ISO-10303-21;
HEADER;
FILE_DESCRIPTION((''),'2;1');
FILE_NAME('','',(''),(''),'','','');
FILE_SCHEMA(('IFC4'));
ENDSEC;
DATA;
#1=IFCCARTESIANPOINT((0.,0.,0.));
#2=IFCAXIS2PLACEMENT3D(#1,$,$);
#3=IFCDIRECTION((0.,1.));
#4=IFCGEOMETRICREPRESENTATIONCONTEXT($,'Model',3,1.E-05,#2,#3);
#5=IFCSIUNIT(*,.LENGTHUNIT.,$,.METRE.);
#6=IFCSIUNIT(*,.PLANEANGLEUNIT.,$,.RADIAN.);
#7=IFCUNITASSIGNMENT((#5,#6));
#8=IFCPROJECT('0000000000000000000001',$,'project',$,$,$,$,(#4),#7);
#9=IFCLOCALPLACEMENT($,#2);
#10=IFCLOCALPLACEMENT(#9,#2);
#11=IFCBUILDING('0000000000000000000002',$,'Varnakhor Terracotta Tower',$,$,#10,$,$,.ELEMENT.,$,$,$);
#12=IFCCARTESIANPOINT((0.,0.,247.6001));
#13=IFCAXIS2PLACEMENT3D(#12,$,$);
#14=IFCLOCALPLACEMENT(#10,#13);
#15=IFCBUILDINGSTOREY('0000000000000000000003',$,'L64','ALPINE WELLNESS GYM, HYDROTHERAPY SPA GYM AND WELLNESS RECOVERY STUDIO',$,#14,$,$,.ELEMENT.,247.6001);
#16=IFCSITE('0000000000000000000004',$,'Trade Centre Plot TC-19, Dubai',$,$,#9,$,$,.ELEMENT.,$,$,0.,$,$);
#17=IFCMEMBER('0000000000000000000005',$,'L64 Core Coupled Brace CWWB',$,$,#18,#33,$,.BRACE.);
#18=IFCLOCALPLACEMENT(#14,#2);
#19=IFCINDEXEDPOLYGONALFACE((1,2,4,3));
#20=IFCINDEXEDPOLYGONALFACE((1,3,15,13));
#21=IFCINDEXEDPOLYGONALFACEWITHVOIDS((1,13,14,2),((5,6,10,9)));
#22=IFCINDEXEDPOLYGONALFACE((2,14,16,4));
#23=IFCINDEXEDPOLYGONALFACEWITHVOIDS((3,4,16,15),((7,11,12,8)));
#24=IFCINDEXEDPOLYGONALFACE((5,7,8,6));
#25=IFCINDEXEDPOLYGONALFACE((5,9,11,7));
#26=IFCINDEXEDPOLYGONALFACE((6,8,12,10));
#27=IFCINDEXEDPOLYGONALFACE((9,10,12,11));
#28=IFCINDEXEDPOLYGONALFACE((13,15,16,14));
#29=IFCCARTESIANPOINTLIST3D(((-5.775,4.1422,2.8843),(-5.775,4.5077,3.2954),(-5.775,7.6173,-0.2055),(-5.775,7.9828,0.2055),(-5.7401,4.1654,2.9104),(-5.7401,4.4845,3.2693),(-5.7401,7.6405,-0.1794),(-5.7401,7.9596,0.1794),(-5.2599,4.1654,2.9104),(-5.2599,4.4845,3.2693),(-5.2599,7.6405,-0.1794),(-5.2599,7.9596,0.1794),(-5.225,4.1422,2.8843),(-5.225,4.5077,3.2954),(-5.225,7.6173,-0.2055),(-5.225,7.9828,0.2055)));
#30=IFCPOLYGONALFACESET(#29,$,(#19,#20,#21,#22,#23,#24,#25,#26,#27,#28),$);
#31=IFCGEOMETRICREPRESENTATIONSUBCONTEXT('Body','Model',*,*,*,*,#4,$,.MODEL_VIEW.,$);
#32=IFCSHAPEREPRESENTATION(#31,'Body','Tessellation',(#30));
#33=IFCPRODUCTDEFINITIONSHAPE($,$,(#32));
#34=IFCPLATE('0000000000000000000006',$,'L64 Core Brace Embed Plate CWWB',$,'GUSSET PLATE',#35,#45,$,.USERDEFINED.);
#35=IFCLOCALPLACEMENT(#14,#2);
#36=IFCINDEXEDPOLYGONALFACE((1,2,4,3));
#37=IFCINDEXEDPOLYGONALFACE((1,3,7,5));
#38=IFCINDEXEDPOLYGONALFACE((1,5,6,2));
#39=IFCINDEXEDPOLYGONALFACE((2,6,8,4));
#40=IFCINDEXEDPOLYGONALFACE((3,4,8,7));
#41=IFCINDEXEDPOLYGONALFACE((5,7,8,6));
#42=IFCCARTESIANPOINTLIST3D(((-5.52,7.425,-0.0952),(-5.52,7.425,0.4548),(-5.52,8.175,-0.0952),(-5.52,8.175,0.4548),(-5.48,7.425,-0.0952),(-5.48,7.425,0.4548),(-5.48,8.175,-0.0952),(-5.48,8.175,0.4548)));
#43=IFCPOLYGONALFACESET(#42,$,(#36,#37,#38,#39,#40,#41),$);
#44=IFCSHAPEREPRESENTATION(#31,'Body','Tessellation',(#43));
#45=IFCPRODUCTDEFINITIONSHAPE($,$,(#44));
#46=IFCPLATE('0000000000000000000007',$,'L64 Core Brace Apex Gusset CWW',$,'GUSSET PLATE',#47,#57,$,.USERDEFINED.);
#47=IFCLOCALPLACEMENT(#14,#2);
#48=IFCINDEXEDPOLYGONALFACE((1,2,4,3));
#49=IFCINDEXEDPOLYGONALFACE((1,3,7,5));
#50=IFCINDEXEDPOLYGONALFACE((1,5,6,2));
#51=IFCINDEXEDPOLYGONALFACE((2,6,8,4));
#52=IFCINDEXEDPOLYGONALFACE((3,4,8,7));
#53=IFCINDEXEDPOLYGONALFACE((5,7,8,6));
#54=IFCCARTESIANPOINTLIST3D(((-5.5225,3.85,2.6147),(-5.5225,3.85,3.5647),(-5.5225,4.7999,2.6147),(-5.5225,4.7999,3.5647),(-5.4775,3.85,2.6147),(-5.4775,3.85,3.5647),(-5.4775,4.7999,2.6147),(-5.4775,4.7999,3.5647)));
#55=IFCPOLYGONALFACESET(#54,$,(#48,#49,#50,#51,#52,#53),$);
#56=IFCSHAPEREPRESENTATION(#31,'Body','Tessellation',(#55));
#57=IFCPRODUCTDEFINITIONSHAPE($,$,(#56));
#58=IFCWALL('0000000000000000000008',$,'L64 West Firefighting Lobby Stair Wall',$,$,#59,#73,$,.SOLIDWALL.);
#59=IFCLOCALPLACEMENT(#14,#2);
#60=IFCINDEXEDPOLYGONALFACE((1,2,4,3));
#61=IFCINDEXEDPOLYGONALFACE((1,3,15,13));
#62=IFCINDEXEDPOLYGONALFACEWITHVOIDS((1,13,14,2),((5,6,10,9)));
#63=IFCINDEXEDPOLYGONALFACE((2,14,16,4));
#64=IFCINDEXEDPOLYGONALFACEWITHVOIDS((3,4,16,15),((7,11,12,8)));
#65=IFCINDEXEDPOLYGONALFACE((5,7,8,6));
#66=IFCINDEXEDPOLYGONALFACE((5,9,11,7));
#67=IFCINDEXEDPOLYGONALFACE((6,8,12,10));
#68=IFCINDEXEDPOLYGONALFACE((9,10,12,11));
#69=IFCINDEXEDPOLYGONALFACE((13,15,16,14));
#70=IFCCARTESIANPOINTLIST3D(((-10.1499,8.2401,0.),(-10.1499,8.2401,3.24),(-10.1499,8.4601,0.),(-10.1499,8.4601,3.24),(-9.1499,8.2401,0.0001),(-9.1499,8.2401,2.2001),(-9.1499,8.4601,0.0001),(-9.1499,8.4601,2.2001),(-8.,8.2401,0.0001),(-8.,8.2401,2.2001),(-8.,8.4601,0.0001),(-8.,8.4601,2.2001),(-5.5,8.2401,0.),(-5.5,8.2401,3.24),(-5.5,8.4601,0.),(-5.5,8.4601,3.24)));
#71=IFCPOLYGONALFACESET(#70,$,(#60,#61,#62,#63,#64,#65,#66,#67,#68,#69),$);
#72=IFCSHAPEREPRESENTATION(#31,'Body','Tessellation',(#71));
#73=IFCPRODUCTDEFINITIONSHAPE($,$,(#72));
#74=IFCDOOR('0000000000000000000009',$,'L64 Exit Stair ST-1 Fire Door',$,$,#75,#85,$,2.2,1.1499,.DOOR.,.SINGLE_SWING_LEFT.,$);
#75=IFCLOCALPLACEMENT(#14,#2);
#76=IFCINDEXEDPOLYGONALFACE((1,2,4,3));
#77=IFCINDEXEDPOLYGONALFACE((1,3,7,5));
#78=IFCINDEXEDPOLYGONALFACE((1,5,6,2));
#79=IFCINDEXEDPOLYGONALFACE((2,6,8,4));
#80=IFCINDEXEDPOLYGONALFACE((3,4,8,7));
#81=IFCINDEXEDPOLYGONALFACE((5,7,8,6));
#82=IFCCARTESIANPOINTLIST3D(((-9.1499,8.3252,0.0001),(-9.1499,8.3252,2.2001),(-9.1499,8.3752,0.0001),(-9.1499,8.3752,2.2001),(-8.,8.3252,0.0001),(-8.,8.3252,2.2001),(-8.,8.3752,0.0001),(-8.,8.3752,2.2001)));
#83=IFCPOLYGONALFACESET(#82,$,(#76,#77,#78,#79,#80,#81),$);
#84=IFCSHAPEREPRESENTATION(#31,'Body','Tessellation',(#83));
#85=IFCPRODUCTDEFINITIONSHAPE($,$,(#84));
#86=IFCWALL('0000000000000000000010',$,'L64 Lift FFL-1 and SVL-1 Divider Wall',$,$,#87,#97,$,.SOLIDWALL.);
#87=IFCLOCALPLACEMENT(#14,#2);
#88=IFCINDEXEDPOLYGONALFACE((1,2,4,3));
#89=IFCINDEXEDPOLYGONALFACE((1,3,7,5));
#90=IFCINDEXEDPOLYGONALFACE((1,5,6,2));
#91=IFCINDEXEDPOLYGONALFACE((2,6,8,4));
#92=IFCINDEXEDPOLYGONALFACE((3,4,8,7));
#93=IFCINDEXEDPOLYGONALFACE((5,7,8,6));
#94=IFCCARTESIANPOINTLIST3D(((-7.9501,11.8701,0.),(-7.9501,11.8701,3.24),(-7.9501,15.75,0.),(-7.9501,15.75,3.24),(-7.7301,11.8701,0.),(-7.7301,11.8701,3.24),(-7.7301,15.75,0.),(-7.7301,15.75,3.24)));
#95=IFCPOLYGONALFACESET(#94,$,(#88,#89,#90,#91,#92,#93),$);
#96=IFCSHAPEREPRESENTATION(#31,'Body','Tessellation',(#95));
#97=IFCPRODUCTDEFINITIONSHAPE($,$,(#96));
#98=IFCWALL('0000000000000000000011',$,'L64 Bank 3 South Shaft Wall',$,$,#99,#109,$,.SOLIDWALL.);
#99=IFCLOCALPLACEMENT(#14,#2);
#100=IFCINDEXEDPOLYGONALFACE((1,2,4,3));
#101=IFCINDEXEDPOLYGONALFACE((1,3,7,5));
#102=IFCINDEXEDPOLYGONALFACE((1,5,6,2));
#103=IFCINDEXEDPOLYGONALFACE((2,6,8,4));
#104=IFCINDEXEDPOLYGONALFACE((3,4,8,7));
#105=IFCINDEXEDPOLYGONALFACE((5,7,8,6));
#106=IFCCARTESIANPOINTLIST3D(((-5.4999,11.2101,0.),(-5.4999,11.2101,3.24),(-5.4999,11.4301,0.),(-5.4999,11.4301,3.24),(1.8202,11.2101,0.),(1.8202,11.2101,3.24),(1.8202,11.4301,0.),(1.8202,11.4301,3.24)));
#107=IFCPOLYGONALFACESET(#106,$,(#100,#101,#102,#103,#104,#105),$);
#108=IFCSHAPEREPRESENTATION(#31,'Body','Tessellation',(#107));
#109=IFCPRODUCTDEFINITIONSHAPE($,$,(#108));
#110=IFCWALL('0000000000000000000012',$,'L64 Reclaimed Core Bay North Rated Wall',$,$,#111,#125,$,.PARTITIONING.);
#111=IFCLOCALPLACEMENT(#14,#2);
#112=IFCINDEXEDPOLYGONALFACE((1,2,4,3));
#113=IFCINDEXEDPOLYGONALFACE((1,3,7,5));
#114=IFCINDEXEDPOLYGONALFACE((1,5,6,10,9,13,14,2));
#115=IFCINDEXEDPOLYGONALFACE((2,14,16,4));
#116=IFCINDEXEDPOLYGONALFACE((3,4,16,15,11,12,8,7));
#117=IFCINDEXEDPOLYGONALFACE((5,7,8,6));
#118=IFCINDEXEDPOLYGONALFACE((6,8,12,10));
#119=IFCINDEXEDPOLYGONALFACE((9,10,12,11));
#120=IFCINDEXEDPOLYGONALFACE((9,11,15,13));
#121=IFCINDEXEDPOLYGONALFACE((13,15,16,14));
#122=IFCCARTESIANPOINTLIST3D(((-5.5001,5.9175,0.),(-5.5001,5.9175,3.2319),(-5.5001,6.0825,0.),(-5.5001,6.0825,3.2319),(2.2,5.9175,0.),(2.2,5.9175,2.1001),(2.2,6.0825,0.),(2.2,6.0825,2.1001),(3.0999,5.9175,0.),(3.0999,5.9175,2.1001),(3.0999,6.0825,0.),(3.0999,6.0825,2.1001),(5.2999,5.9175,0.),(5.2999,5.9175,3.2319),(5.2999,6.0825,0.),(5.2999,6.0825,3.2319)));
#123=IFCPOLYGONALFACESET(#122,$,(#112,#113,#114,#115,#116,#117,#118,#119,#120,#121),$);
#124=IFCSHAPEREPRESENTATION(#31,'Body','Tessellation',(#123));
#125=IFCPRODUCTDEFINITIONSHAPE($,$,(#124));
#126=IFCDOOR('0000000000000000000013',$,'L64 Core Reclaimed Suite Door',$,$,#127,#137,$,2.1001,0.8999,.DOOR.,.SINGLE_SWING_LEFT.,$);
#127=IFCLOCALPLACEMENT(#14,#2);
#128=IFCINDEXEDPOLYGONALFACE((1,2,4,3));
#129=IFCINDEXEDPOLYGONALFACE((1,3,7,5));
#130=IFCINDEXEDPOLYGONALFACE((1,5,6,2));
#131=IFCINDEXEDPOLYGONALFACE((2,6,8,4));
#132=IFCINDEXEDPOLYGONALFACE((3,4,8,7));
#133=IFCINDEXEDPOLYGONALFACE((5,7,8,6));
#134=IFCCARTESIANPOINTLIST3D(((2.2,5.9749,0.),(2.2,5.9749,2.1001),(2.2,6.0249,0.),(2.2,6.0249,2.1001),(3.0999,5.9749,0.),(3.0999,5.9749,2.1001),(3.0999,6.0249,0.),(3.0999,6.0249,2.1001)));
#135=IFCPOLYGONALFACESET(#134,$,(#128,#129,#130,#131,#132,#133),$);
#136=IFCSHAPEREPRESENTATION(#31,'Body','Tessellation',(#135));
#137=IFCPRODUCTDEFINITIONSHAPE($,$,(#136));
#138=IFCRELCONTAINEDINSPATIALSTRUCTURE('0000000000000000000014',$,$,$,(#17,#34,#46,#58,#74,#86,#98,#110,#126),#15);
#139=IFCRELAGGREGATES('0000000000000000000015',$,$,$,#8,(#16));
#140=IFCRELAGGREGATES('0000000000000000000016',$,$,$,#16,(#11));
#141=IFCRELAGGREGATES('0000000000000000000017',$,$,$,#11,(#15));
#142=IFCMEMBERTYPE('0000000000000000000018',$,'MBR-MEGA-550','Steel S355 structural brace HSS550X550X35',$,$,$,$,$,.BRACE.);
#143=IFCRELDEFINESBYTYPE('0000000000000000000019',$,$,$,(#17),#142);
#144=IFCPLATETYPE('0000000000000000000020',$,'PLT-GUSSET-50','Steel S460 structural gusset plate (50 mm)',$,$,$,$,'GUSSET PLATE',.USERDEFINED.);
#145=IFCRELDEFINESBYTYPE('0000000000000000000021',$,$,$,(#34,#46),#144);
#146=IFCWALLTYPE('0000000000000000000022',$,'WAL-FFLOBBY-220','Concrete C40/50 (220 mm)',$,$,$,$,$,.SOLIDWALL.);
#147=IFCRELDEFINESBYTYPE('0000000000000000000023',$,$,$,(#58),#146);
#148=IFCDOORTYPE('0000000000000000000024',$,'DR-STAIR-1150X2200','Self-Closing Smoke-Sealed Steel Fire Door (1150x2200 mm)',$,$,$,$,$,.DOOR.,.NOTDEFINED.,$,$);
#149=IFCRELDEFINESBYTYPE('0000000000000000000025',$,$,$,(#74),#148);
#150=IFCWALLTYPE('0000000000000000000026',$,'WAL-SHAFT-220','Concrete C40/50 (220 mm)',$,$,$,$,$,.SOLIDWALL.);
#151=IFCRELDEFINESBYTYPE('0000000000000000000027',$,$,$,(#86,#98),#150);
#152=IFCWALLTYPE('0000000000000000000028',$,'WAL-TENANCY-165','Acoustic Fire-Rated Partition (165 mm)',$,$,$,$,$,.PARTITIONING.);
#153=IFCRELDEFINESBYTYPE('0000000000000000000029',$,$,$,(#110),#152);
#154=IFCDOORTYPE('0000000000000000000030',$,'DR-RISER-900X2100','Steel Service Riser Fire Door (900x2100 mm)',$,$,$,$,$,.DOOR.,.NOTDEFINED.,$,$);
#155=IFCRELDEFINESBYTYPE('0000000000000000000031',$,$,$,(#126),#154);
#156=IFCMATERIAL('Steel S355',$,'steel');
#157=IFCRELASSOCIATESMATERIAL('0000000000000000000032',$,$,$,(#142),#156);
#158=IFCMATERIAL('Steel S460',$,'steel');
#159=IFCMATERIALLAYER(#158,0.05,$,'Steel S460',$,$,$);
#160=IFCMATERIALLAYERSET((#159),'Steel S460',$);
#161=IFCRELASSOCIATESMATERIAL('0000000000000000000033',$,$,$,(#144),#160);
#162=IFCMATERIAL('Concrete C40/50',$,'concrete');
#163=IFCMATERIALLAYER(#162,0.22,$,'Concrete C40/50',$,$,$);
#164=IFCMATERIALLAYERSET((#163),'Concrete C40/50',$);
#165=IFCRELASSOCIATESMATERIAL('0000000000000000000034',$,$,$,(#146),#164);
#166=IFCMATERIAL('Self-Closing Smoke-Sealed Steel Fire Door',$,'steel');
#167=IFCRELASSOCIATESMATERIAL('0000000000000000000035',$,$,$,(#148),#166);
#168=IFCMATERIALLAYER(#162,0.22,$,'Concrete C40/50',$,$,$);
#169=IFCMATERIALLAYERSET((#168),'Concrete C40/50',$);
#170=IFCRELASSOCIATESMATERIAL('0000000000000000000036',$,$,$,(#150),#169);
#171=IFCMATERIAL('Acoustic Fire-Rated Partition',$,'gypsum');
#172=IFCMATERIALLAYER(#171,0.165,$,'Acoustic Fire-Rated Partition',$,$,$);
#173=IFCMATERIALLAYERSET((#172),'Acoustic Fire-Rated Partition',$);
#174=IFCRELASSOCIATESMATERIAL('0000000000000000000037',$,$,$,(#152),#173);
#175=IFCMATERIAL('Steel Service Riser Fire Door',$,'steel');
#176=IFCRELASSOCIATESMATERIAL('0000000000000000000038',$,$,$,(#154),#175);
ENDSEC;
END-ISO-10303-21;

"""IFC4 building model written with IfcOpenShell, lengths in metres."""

from ifc_helpers import new_model, si_unit, direction, frame, frame_2d, origin, origin_2d, place, context, subcontext, project, spatial, rectangle, hollow_rectangle, extrude, source, transform, mapped, material, layer, layer_set, material_profile, profile_set, type_object, type_shapes, element, fill, save


model = new_model("IFC4")

# Units and contexts
model_context = context("Model", 3, precision=1e-05, world=origin(), true_north=direction((0.0, 1.0)))
body_context = subcontext(model_context, "Body", "Model", "MODEL_VIEW")
ifc_project = project(units=[si_unit("LENGTHUNIT", "METRE"), si_unit("PLANEANGLEUNIT", "RADIAN")], contexts=[model_context])

# Site, building, storey
site_placement = place(None, origin())
site = spatial("IfcSite", under=ifc_project, at=site_placement, Name="Trade Centre Plot TC-19, Dubai", CompositionType="ELEMENT", RefElevation=0.0)
building_placement = place(site_placement, origin())
building = spatial("IfcBuilding", under=site, at=building_placement, Name="Varnakhor Terracotta Tower", CompositionType="ELEMENT")
storey_placement = place(building_placement, frame((0.0, 0.0, 247.6001)))
storey = spatial("IfcBuildingStorey", under=building, at=storey_placement, Name="L64", Description="ALPINE WELLNESS GYM, HYDROTHERAPY SPA GYM AND WELLNESS RECOVERY STUDIO", CompositionType="ELEMENT", Elevation=247.6001)

# Member
ifc_material_1 = material(Name="Steel S355", Category="steel")
ifc_material_profile = material_profile(ifc_material_1, hollow_rectangle(XDim=0.55, YDim=0.55, WallThickness=0.0349, at=origin_2d()), Name="HSS550X550X35")
ifc_profile_set = profile_set([ifc_material_profile], Name="Steel S355")
member_type = type_object("IfcMemberType", Name="MBR-MEGA-550", Description="Steel S355 structural brace HSS550X550X35", PredefinedType="BRACE", material=ifc_profile_set)
shared_shape_1 = source(origin(), body_context, "Body", "SweptSolid", [
    extrude(hollow_rectangle(XDim=0.55, YDim=0.55, WallThickness=0.0349, at=origin_2d()), origin(), (0.0, 0.0, 1.0), 4.6501),
])
member_placement = place(storey_placement, frame((-5.5, 7.8, 0.0), z_axis=(0.0, -0.747317, 0.664468), x_axis=(1.0, 0.0, 0.0)))
element("IfcMember", 1, at=member_placement, inside=storey, type_object=member_type, Name="L64 Core Coupled Brace CWWB", PredefinedType="BRACE", context=body_context, shape_type="MappedRepresentation", body=[
    mapped(shared_shape_1, transform((0.0, 0.0, 0.0), scale=1.0)),
])

# Plates
ifc_material_2 = material(Name="Steel S460", Category="steel")
ifc_layer_1 = layer(ifc_material_2, 0.05, Name="Steel S460")
ifc_layer_set_1 = layer_set([ifc_layer_1], Name="Steel S460")
plate_type = type_object("IfcPlateType", Name="PLT-GUSSET-50", Description="Steel S460 structural gusset plate (50 mm)", ElementType="GUSSET PLATE", PredefinedType="USERDEFINED", material=ifc_layer_set_1)
shared_shape_2 = source(origin(), body_context, "Body", "SweptSolid", [
    extrude(rectangle(XDim=0.75, YDim=0.04, at=origin_2d()), origin(), (0.0, 0.0, 1.0), 0.55),
])
type_shapes(plate_type, [shared_shape_2])
plate_1_placement = place(storey_placement, frame((-5.5, 7.8, -0.0952), z_axis=(0.0, 0.0, 1.0), x_axis=(0.0, 1.0, 0.0)))
element("IfcPlate", 2, at=plate_1_placement, inside=storey, type_object=plate_type, Name="L64 Core Brace Embed Plate CWWB", ObjectType="GUSSET PLATE", PredefinedType="USERDEFINED", context=body_context, shape_type="MappedRepresentation", body=[
    mapped(shared_shape_2, transform((0.0, 0.0, 0.0), scale=1.0)),
])
shared_shape_3 = source(origin(), body_context, "Body", "SweptSolid", [
    extrude(rectangle(XDim=0.95, YDim=0.0449, at=origin_2d()), origin(), (0.0, 0.0, 1.0), 0.95),
])
plate_2_placement = place(storey_placement, frame((-5.5, 4.325, 2.6147), z_axis=(0.0, 0.0, 1.0), x_axis=(0.0, 1.0, 0.0)))
element("IfcPlate", 3, at=plate_2_placement, inside=storey, type_object=plate_type, Name="L64 Core Brace Apex Gusset CWW", ObjectType="GUSSET PLATE", PredefinedType="USERDEFINED", context=body_context, shape_type="MappedRepresentation", body=[
    mapped(shared_shape_3, transform((0.0, 0.0, 0.0), scale=1.0)),
])

# Wall, opening, door
ifc_material_3 = material(Name="Concrete C40/50", Category="concrete")
ifc_layer_2 = layer(ifc_material_3, 0.22, Name="Concrete C40/50")
ifc_layer_set_2 = layer_set([ifc_layer_2], Name="Concrete C40/50")
wall_type_1 = type_object("IfcWallType", Name="WAL-FFLOBBY-220", Description="Concrete C40/50 (220 mm)", PredefinedType="SOLIDWALL", material=ifc_layer_set_2)
wall_1_placement = place(storey_placement, frame((-5.5, 8.3501, 0.0), z_axis=(0.0, 0.0, 1.0), x_axis=(-1.0, 0.0, 0.0)))
wall_1 = element("IfcWall", 4, at=wall_1_placement, inside=storey, type_object=wall_type_1, Name="L64 West Firefighting Lobby Stair Wall", PredefinedType="SOLIDWALL", context=body_context, shape_type="SweptSolid", body=[
    extrude(rectangle(XDim=4.6499, YDim=0.22, at=frame_2d((2.325, 0.0))), origin(), (0.0, 0.0, 1.0), 3.24),
])
opening_1_placement = place(wall_1_placement, frame((2.5, 0.0, 0.0)))
opening_1 = element("IfcOpeningElement", 5, at=opening_1_placement, cuts=wall_1, PredefinedType="OPENING", context=body_context, shape_type="SweptSolid", body=[
    extrude(rectangle(XDim=1.1499, YDim=2.2, at=frame_2d((0.575, 1.1001))), frame((0.0, 0.1201, 0.0), z_axis=(0.0, -1.0, 0.0), x_axis=(1.0, 0.0, 0.0)), (0.0, 0.0, 1.0), 0.24),
])
ifc_material_4 = material(Name="Self-Closing Smoke-Sealed Steel Fire Door", Category="steel")
door_type_1 = type_object("IfcDoorType", Name="DR-STAIR-1150X2200", Description="Self-Closing Smoke-Sealed Steel Fire Door (1150x2200 mm)", OperationType="NOTDEFINED", PredefinedType="DOOR", material=ifc_material_4)
shared_shape_4 = source(origin(), body_context, "Body", "SweptSolid", [
    extrude(rectangle(XDim=1.1499, YDim=2.2, at=frame_2d((0.575, 1.1001))), frame((0.0, 0.0249, 0.0), z_axis=(0.0, -1.0, 0.0), x_axis=(1.0, 0.0, 0.0)), (0.0, 0.0, 1.0), 0.05),
])
type_shapes(door_type_1, [shared_shape_4])
door_1_placement = place(opening_1_placement, origin())
door_1 = element("IfcDoor", 6, at=door_1_placement, inside=storey, type_object=door_type_1, Name="L64 Exit Stair ST-1 Fire Door", OperationType="SINGLE_SWING_LEFT", OverallHeight=2.2, OverallWidth=1.1499, PredefinedType="DOOR", context=body_context, shape_type="MappedRepresentation", body=[
    mapped(shared_shape_4, transform((0.0, 0.0, 0.0), scale=1.0)),
])
fill(opening_1, door_1)

# Walls
ifc_layer_3 = layer(ifc_material_3, 0.22, Name="Concrete C40/50")
ifc_layer_set_3 = layer_set([ifc_layer_3], Name="Concrete C40/50")
wall_type_2 = type_object("IfcWallType", Name="WAL-SHAFT-220", Description="Concrete C40/50 (220 mm)", PredefinedType="SOLIDWALL", material=ifc_layer_set_3)
wall_2_placement = place(storey_placement, frame((-7.8401, 11.8701, 0.0), z_axis=(0.0, 0.0, 1.0), x_axis=(0.0, 1.0, 0.0)))
element("IfcWall", 7, at=wall_2_placement, inside=storey, type_object=wall_type_2, Name="L64 Lift FFL-1 and SVL-1 Divider Wall", PredefinedType="SOLIDWALL", context=body_context, shape_type="SweptSolid", body=[
    extrude(rectangle(XDim=3.8799, YDim=0.22, at=frame_2d((1.9399, 0.0))), origin(), (0.0, 0.0, 1.0), 3.24),
])
wall_3_placement = place(storey_placement, frame((-5.5, 11.3201, 0.0), z_axis=(0.0, 0.0, 1.0), x_axis=(1.0, 0.0, 0.0)))
element("IfcWall", 8, at=wall_3_placement, inside=storey, type_object=wall_type_2, Name="L64 Bank 3 South Shaft Wall", PredefinedType="SOLIDWALL", context=body_context, shape_type="SweptSolid", body=[
    extrude(rectangle(XDim=7.3201, YDim=0.22, at=frame_2d((3.6602, 0.0))), origin(), (0.0, 0.0, 1.0), 3.24),
])

# Wall, opening, door
ifc_material_5 = material(Name="Acoustic Fire-Rated Partition", Category="gypsum")
ifc_layer_4 = layer(ifc_material_5, 0.165, Name="Acoustic Fire-Rated Partition")
ifc_layer_set_4 = layer_set([ifc_layer_4], Name="Acoustic Fire-Rated Partition")
wall_type_3 = type_object("IfcWallType", Name="WAL-TENANCY-165", Description="Acoustic Fire-Rated Partition (165 mm)", PredefinedType="PARTITIONING", material=ifc_layer_set_4)
wall_4_placement = place(storey_placement, frame((-5.5, 6.0, 0.0), z_axis=(0.0, 0.0, 1.0), x_axis=(1.0, 0.0, 0.0)))
wall_4 = element("IfcWall", 9, at=wall_4_placement, inside=storey, type_object=wall_type_3, Name="L64 Reclaimed Core Bay North Rated Wall", PredefinedType="PARTITIONING", context=body_context, shape_type="SweptSolid", body=[
    extrude(rectangle(XDim=10.8, YDim=0.165, at=frame_2d((5.3999, 0.0))), origin(), (0.0, 0.0, 1.0), 3.2319),
])
opening_2_placement = place(wall_4_placement, frame((7.7, 0.0, 0.0)))
opening_2 = element("IfcOpeningElement", 10, at=opening_2_placement, cuts=wall_4, PredefinedType="OPENING", context=body_context, shape_type="SweptSolid", body=[
    extrude(rectangle(XDim=0.8999, YDim=2.1001, at=frame_2d((0.45, 1.05))), frame((0.0, 0.0925, 0.0), z_axis=(0.0, -1.0, 0.0), x_axis=(1.0, 0.0, 0.0)), (0.0, 0.0, 1.0), 0.1851),
])
ifc_material_6 = material(Name="Steel Service Riser Fire Door", Category="steel")
door_type_2 = type_object("IfcDoorType", Name="DR-RISER-900X2100", Description="Steel Service Riser Fire Door (900x2100 mm)", OperationType="NOTDEFINED", PredefinedType="DOOR", material=ifc_material_6)
shared_shape_5 = source(origin(), body_context, "Body", "SweptSolid", [
    extrude(rectangle(XDim=0.8999, YDim=2.1001, at=frame_2d((0.45, 1.05))), frame((0.0, 0.0249, 0.0), z_axis=(0.0, -1.0, 0.0), x_axis=(1.0, 0.0, 0.0)), (0.0, 0.0, 1.0), 0.05),
])
type_shapes(door_type_2, [shared_shape_5])
door_2_placement = place(opening_2_placement, origin())
door_2 = element("IfcDoor", 11, at=door_2_placement, inside=storey, type_object=door_type_2, Name="L64 Core Reclaimed Suite Door", OperationType="SINGLE_SWING_LEFT", OverallHeight=2.1001, OverallWidth=0.8999, PredefinedType="DOOR", context=body_context, shape_type="MappedRepresentation", body=[
    mapped(shared_shape_5, transform((0.0, 0.0, 0.0), scale=1.0)),
])
fill(opening_2, door_2)

save(model, "model.ifc")
